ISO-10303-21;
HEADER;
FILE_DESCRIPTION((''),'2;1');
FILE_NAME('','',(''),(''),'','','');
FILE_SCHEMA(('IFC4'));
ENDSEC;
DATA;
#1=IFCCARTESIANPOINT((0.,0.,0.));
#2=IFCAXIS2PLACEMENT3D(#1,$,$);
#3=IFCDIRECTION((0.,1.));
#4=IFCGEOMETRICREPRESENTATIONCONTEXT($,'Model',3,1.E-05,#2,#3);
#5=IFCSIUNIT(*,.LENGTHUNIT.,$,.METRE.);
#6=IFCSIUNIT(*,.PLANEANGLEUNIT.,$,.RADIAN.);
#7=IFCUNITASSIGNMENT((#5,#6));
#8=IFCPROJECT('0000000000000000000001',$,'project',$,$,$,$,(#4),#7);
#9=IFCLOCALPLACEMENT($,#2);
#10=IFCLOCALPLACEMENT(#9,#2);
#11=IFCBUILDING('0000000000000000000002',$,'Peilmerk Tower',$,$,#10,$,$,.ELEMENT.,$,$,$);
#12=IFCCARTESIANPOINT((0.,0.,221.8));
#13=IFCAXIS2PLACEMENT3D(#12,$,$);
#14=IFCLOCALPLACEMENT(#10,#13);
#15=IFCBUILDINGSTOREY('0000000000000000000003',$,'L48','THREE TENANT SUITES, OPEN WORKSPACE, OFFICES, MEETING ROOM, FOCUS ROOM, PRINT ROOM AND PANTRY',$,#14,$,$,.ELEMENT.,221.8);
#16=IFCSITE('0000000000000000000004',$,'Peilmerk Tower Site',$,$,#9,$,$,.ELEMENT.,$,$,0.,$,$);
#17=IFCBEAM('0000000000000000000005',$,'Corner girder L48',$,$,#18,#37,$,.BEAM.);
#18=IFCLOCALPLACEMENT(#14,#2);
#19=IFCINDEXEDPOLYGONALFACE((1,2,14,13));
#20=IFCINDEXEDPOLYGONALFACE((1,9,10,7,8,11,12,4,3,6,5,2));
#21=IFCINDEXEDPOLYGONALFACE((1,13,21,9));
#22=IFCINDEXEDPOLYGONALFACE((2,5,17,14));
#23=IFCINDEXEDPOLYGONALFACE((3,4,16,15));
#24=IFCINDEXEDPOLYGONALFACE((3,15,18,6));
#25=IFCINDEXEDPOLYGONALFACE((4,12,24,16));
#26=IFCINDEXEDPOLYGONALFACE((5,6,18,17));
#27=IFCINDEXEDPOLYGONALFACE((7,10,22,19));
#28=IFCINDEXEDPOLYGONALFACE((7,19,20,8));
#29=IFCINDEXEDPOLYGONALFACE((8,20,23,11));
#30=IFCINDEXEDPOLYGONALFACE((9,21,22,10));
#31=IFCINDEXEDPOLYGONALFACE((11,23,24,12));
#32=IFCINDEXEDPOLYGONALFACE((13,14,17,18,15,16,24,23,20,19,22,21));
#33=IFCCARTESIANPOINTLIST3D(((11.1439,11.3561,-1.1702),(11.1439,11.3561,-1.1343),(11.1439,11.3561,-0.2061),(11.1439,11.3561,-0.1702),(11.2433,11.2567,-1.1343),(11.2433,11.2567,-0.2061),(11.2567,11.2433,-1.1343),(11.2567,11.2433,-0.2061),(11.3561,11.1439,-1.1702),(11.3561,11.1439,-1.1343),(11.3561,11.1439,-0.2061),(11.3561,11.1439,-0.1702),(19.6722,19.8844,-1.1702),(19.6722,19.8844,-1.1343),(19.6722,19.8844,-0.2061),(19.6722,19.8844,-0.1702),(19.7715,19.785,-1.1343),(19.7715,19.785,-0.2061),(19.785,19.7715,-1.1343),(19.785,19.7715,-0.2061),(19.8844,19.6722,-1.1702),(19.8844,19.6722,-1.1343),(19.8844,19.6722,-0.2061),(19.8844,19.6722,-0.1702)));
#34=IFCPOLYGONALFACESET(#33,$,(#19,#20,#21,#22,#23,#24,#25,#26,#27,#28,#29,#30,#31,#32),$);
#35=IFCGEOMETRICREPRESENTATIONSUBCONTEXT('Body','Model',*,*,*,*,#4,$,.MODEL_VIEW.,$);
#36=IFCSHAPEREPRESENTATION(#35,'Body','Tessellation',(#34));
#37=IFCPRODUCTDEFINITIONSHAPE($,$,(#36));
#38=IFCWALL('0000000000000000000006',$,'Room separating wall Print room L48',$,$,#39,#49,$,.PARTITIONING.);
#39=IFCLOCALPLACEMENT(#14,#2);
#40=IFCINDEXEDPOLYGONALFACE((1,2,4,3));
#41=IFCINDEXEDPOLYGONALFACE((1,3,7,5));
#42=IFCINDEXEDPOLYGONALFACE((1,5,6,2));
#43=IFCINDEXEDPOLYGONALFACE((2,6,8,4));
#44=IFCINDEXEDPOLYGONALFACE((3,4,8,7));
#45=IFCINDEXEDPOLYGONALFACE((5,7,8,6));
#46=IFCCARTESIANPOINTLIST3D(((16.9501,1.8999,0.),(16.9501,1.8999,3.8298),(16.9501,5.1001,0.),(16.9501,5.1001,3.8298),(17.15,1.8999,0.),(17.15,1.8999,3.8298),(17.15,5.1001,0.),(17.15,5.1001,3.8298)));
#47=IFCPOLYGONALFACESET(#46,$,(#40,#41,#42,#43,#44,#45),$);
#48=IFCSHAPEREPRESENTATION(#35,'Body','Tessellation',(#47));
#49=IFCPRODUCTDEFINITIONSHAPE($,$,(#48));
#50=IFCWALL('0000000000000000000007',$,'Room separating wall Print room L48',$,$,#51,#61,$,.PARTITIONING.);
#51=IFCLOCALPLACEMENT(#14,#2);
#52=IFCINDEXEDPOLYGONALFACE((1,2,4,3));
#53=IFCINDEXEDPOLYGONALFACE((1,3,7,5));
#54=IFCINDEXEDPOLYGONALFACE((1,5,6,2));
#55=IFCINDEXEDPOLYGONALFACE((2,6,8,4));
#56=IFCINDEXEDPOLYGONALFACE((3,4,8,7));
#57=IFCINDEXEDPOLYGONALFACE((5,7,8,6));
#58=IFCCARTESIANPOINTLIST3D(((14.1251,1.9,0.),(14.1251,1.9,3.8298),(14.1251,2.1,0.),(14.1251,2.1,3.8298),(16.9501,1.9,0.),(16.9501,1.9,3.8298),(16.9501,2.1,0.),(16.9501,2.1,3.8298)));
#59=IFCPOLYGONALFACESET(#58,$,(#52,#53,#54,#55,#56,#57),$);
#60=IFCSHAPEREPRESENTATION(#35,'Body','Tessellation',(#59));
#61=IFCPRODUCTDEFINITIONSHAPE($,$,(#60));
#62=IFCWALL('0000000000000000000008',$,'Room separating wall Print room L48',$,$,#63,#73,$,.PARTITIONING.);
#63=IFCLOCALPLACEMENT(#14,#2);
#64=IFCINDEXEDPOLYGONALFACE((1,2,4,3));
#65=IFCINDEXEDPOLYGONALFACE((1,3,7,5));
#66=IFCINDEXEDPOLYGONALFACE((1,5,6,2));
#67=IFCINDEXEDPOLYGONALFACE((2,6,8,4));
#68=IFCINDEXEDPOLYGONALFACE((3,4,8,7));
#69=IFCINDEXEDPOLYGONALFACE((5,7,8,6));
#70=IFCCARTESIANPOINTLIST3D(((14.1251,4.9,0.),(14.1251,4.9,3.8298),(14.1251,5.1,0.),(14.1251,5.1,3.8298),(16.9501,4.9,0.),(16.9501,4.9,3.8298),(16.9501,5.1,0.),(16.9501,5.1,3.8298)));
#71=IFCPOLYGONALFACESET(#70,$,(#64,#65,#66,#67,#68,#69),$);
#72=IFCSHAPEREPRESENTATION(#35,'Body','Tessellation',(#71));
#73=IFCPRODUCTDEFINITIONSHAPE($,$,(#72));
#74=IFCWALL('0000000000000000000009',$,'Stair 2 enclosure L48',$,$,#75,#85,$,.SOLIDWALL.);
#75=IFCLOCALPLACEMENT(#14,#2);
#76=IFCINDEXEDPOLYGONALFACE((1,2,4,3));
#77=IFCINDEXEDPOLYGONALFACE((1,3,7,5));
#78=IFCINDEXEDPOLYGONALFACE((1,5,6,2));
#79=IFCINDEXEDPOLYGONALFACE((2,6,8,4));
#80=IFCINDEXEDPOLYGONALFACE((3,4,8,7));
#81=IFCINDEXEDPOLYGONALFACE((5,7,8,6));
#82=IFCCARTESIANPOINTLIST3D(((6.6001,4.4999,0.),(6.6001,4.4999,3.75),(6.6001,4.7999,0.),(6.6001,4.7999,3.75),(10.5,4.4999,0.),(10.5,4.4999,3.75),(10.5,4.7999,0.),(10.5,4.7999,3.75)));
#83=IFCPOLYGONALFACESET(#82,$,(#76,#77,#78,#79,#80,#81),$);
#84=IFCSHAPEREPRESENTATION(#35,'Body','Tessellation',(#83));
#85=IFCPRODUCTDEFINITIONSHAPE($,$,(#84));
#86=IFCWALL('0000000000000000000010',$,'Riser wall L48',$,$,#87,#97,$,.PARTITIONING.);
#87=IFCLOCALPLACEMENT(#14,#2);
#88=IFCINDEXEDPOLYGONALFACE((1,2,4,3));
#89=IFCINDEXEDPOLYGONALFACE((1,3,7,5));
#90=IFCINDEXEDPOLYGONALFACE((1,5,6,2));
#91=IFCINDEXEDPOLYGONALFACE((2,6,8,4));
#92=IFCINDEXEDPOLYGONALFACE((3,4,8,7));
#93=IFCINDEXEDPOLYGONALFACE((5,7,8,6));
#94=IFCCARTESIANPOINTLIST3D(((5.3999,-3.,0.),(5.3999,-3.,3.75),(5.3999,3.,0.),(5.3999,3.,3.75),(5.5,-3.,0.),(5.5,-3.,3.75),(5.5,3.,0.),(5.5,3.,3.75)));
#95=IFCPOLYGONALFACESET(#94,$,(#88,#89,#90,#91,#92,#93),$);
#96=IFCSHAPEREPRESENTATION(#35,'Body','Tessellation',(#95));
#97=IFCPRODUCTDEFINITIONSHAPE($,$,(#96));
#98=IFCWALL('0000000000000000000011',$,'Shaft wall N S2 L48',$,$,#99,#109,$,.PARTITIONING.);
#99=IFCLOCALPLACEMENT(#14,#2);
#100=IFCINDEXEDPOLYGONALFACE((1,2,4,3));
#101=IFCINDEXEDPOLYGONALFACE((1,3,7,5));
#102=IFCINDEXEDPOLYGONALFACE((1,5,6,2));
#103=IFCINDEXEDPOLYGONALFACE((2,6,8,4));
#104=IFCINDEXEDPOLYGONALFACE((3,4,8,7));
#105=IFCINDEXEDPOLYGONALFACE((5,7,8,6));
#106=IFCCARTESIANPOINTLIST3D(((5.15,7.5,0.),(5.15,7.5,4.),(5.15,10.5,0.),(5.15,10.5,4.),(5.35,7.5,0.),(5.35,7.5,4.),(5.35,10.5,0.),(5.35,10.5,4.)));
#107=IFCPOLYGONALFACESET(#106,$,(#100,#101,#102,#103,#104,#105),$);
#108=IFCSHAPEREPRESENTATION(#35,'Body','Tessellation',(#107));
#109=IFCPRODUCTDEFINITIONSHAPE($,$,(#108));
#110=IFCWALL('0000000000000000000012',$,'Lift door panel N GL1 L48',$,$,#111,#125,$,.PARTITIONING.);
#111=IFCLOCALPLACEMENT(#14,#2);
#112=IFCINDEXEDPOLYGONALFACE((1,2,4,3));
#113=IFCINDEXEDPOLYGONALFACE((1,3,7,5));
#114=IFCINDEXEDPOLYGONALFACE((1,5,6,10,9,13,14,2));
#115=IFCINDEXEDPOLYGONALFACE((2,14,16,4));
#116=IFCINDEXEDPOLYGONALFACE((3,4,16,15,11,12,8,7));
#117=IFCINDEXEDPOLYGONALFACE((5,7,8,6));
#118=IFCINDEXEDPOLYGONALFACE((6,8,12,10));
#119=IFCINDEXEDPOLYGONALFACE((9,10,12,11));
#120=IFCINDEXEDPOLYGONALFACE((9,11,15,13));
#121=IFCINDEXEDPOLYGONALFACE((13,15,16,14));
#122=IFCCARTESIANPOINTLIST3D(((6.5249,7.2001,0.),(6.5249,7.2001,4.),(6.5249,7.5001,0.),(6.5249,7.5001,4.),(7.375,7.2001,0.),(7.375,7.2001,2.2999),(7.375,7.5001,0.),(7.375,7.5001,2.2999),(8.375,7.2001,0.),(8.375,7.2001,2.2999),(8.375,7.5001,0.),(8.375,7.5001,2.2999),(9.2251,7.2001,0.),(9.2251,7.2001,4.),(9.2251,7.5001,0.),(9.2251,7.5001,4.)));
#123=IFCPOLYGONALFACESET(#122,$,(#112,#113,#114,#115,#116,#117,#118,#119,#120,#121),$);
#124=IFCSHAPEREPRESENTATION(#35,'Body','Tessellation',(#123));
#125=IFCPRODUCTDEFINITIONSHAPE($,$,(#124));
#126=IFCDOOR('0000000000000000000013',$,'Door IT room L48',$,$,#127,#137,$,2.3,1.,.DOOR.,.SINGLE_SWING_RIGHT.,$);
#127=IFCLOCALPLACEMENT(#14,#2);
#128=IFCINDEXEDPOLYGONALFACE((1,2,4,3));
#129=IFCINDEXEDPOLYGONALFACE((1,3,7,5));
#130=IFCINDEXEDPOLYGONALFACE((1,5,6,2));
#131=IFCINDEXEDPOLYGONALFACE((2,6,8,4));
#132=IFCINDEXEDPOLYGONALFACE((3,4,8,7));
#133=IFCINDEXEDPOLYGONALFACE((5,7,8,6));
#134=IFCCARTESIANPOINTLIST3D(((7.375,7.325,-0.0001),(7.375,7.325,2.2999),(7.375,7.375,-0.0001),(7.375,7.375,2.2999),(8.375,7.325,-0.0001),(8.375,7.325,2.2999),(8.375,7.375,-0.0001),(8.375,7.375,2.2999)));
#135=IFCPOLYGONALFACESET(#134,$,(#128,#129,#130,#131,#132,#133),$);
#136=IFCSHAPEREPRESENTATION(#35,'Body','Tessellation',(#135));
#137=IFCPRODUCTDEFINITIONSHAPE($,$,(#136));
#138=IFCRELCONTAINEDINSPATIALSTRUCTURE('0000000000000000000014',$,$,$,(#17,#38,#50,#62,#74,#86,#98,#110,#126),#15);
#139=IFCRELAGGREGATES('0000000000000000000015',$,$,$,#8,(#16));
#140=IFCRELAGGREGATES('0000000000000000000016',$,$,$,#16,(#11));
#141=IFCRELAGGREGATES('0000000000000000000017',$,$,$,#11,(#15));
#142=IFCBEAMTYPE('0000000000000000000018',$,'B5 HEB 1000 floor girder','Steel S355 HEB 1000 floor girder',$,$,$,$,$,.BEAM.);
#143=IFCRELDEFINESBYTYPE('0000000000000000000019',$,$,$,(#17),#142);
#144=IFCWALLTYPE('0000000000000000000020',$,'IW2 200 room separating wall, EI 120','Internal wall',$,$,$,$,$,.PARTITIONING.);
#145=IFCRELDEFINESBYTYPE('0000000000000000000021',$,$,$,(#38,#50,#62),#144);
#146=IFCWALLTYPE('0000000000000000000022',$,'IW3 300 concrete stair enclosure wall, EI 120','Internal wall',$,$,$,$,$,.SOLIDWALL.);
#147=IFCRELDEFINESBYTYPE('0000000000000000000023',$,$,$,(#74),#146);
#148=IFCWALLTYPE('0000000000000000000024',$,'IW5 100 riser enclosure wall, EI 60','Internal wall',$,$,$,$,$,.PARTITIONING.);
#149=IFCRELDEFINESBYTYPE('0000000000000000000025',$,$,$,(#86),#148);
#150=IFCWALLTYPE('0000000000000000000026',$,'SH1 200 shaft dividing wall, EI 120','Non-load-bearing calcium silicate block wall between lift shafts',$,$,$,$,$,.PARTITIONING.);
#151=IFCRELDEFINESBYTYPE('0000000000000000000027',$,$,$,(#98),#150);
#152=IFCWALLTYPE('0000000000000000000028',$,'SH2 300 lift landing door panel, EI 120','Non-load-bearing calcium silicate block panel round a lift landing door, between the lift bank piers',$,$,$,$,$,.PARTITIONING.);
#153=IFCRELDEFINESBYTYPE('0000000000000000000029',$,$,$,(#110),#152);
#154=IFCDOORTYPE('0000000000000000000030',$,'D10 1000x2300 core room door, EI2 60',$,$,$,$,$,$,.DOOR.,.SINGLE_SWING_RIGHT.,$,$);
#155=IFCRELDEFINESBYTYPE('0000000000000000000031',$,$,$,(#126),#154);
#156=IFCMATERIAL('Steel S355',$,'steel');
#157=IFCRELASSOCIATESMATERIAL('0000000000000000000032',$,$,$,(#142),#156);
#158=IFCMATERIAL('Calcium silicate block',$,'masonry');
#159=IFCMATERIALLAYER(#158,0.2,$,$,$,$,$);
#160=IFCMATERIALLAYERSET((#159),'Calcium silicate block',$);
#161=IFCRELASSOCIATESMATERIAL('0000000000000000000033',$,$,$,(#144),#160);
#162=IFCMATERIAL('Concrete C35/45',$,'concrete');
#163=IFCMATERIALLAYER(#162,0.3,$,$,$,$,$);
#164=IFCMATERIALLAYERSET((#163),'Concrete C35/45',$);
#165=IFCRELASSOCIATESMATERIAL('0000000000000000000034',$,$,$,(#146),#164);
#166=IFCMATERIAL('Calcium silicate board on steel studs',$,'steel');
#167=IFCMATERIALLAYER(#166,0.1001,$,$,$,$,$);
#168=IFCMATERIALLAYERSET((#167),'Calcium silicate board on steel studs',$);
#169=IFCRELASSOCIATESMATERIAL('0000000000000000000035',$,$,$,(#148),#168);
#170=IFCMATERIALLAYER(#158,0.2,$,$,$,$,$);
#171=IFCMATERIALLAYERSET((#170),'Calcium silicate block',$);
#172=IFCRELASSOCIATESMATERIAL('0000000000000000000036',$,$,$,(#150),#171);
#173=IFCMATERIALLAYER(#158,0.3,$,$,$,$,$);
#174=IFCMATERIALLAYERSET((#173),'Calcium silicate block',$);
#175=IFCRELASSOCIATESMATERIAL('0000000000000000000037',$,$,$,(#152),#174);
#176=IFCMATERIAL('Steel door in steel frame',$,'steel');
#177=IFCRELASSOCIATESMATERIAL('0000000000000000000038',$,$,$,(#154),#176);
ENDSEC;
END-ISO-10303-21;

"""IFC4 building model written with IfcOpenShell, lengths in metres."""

from ifc_helpers import new_model, si_unit, direction, frame, frame_2d, origin, origin_2d, place, context, subcontext, project, spatial, rectangle, i_section, extrude, material, layer, layer_set, material_profile, profile_set, type_object, element, fill, save


model = new_model("IFC4")

# Units and contexts
model_context = context("Model", 3, precision=1e-05, world=origin(), true_north=direction((0.0, 1.0)))
body_context = subcontext(model_context, "Body", "Model", "MODEL_VIEW")
ifc_project = project(units=[si_unit("LENGTHUNIT", "METRE"), si_unit("PLANEANGLEUNIT", "RADIAN")], contexts=[model_context])

# Site, building, storey
site_placement = place(None, origin())
site = spatial("IfcSite", under=ifc_project, at=site_placement, Name="Peilmerk Tower Site", CompositionType="ELEMENT", RefElevation=0.0)
building_placement = place(site_placement, origin())
building = spatial("IfcBuilding", under=site, at=building_placement, Name="Peilmerk Tower", CompositionType="ELEMENT")
storey_placement = place(building_placement, frame((0.0, 0.0, 221.8)))
storey = spatial("IfcBuildingStorey", under=building, at=storey_placement, Name="L48", Description="THREE TENANT SUITES, OPEN WORKSPACE, OFFICES, MEETING ROOM, FOCUS ROOM, PRINT ROOM AND PANTRY", CompositionType="ELEMENT", Elevation=221.8)

# Beam
ifc_material_1 = material(Name="Steel S355", Category="steel")
ifc_material_profile_1 = material_profile(ifc_material_1, i_section(OverallWidth=0.3, OverallDepth=1.0, WebThickness=0.019, FlangeThickness=0.0359, at=origin_2d()), Name="HEB 1000")
ifc_profile_set_1 = profile_set([ifc_material_profile_1], Name="Steel S355")
beam_type_1 = type_object("IfcBeamType", Name="B5 HEB 1000 floor girder", Description="Steel S355 HEB 1000 floor girder", PredefinedType="BEAM", material=ifc_profile_set_1)
beam_1_placement = place(storey_placement, frame((11.25, 11.25, -0.6702), z_axis=(0.707107, 0.707107, 0.0), x_axis=(-0.707107, 0.707107, 0.0)))
element("IfcBeam", 1, at=beam_1_placement, inside=storey, type_object=beam_type_1, Name="Corner girder L48", PredefinedType="BEAM", context=body_context, shape_type="SweptSolid", body=[
    extrude(i_section(OverallWidth=0.3, OverallDepth=1.0, WebThickness=0.019, FlangeThickness=0.0359, at=origin_2d()), origin(), (0.0, 0.0, 1.0), 12.0608),
])

# Walls
ifc_material_2 = material(Name="Calcium silicate block", Category="masonry")
ifc_layer_1 = layer(ifc_material_2, 0.2)
ifc_layer_set_1 = layer_set([ifc_layer_1], Name="Calcium silicate block")
wall_type_1 = type_object("IfcWallType", Name="IW2 200 room separating wall, EI 120", Description="Internal wall", PredefinedType="PARTITIONING", material=ifc_layer_set_1)
wall_1_placement = place(storey_placement, frame((17.05, 1.8999, 0.0), z_axis=(0.0, 0.0, 1.0), x_axis=(0.0, 1.0, 0.0)))
element("IfcWall", 2, at=wall_1_placement, inside=storey, type_object=wall_type_1, Name="Room separating wall Print room L48", PredefinedType="PARTITIONING", context=body_context, shape_type="SweptSolid", body=[
    extrude(rectangle(XDim=3.2002, YDim=0.2, at=frame_2d((1.6001, 0.0))), origin(), (0.0, 0.0, 1.0), 3.8298),
])
for number, where, z_axis, x_axis, name in (
    (3, (14.125, 2.0, 0.0), (0.0, 0.0, 1.0), (1.0, 0.0, 0.0), "Room separating wall Print room L48"),
    (4, (14.125, 5.0, 0.0), (0.0, 0.0, 1.0), (1.0, 0.0, 0.0), "Room separating wall Print room L48"),
):
    element("IfcWall", number, at=place(storey_placement, frame(where, z_axis=z_axis, x_axis=x_axis)), inside=storey, type_object=wall_type_1, Name=name, PredefinedType="PARTITIONING", context=body_context, shape_type="SweptSolid", body=[
        extrude(rectangle(XDim=2.825, YDim=0.2, at=frame_2d((1.4126, 0.0))), origin(), (0.0, 0.0, 1.0), 3.8298),
    ])
ifc_material_3 = material(Name="Concrete C35/45", Category="concrete")
ifc_layer_2 = layer(ifc_material_3, 0.3)
ifc_layer_set_2 = layer_set([ifc_layer_2], Name="Concrete C35/45")
wall_type_2 = type_object("IfcWallType", Name="IW3 300 concrete stair enclosure wall, EI 120", Description="Internal wall", PredefinedType="SOLIDWALL", material=ifc_layer_set_2)
wall_2_placement = place(storey_placement, frame((6.6001, 4.6499, 0.0), z_axis=(0.0, 0.0, 1.0), x_axis=(1.0, 0.0, 0.0)))
element("IfcWall", 5, at=wall_2_placement, inside=storey, type_object=wall_type_2, Name="Stair 2 enclosure L48", PredefinedType="SOLIDWALL", context=body_context, shape_type="SweptSolid", body=[
    extrude(rectangle(XDim=3.8999, YDim=0.3, at=frame_2d((1.95, 0.0))), origin(), (0.0, 0.0, 1.0), 3.75),
])
ifc_material_4 = material(Name="Calcium silicate board on steel studs", Category="steel")
ifc_layer_3 = layer(ifc_material_4, 0.1001)
ifc_layer_set_3 = layer_set([ifc_layer_3], Name="Calcium silicate board on steel studs")
wall_type_3 = type_object("IfcWallType", Name="IW5 100 riser enclosure wall, EI 60", Description="Internal wall", PredefinedType="PARTITIONING", material=ifc_layer_set_3)
wall_3_placement = place(storey_placement, frame((5.45, 3.0, 0.0), z_axis=(0.0, 0.0, 1.0), x_axis=(0.0, -1.0, 0.0)))
element("IfcWall", 6, at=wall_3_placement, inside=storey, type_object=wall_type_3, Name="Riser wall L48", PredefinedType="PARTITIONING", context=body_context, shape_type="SweptSolid", body=[
    extrude(rectangle(XDim=6.0, YDim=0.1001, at=frame_2d((3.0, 0.0))), origin(), (0.0, 0.0, 1.0), 3.75),
])
ifc_layer_4 = layer(ifc_material_2, 0.2)
ifc_layer_set_4 = layer_set([ifc_layer_4], Name="Calcium silicate block")
wall_type_4 = type_object("IfcWallType", Name="SH1 200 shaft dividing wall, EI 120", Description="Non-load-bearing calcium silicate block wall between lift shafts", PredefinedType="PARTITIONING", material=ifc_layer_set_4)
wall_4_placement = place(storey_placement, frame((5.25, 7.5, 0.0), z_axis=(0.0, 0.0, 1.0), x_axis=(0.0, 1.0, 0.0)))
element("IfcWall", 7, at=wall_4_placement, inside=storey, type_object=wall_type_4, Name="Shaft wall N S2 L48", PredefinedType="PARTITIONING", context=body_context, shape_type="SweptSolid", body=[
    extrude(rectangle(XDim=3.0, YDim=0.2, at=frame_2d((1.5, 0.0))), origin(), (0.0, 0.0, 1.0), 4.0),
])

# Wall, opening, door
ifc_layer_5 = layer(ifc_material_2, 0.3)
ifc_layer_set_5 = layer_set([ifc_layer_5], Name="Calcium silicate block")
wall_type_5 = type_object("IfcWallType", Name="SH2 300 lift landing door panel, EI 120", Description="Non-load-bearing calcium silicate block panel round a lift landing door, between the lift bank piers", PredefinedType="PARTITIONING", material=ifc_layer_set_5)
wall_5_placement = place(storey_placement, frame((6.5249, 7.3501, 0.0), z_axis=(0.0, 0.0, 1.0), x_axis=(1.0, 0.0, 0.0)))
wall_5 = element("IfcWall", 8, at=wall_5_placement, inside=storey, type_object=wall_type_5, Name="Lift door panel N GL1 L48", PredefinedType="PARTITIONING", context=body_context, shape_type="SweptSolid", body=[
    extrude(rectangle(XDim=2.7002, YDim=0.3, at=frame_2d((1.3501, 0.0))), origin(), (0.0, 0.0, 1.0), 4.0),
])
opening_1_placement = place(wall_5_placement, frame((0.8501, 0.0, 0.0)))
opening_1 = element("IfcOpeningElement", 9, at=opening_1_placement, cuts=wall_5, PredefinedType="OPENING", context=body_context, shape_type="SweptSolid", body=[
    extrude(rectangle(XDim=1.0, YDim=2.3, at=frame_2d((0.5, 1.1499))), frame((0.0, 0.1599, 0.0), z_axis=(0.0, -1.0, 0.0), x_axis=(1.0, 0.0, 0.0)), (0.0, 0.0, 1.0), 0.3201),
])
ifc_material_5 = material(Name="Steel door in steel frame", Category="steel")
door_type_1 = type_object("IfcDoorType", Name="D10 1000x2300 core room door, EI2 60", OperationType="SINGLE_SWING_RIGHT", PredefinedType="DOOR", material=ifc_material_5)
door_1_placement = place(opening_1_placement, origin())
door_1 = element("IfcDoor", 10, at=door_1_placement, inside=storey, type_object=door_type_1, Name="Door IT room L48", OperationType="SINGLE_SWING_RIGHT", OverallHeight=2.3, OverallWidth=1.0, PredefinedType="DOOR", context=body_context, shape_type="SweptSolid", body=[
    extrude(rectangle(XDim=1.0, YDim=2.3, at=frame_2d((0.5, 1.1499))), frame((0.0, 0.0249, 0.0), z_axis=(0.0, -1.0, 0.0), x_axis=(1.0, 0.0, 0.0)), (0.0, 0.0, 1.0), 0.05),
])
fill(opening_1, door_1)

save(model, "model.ifc")
